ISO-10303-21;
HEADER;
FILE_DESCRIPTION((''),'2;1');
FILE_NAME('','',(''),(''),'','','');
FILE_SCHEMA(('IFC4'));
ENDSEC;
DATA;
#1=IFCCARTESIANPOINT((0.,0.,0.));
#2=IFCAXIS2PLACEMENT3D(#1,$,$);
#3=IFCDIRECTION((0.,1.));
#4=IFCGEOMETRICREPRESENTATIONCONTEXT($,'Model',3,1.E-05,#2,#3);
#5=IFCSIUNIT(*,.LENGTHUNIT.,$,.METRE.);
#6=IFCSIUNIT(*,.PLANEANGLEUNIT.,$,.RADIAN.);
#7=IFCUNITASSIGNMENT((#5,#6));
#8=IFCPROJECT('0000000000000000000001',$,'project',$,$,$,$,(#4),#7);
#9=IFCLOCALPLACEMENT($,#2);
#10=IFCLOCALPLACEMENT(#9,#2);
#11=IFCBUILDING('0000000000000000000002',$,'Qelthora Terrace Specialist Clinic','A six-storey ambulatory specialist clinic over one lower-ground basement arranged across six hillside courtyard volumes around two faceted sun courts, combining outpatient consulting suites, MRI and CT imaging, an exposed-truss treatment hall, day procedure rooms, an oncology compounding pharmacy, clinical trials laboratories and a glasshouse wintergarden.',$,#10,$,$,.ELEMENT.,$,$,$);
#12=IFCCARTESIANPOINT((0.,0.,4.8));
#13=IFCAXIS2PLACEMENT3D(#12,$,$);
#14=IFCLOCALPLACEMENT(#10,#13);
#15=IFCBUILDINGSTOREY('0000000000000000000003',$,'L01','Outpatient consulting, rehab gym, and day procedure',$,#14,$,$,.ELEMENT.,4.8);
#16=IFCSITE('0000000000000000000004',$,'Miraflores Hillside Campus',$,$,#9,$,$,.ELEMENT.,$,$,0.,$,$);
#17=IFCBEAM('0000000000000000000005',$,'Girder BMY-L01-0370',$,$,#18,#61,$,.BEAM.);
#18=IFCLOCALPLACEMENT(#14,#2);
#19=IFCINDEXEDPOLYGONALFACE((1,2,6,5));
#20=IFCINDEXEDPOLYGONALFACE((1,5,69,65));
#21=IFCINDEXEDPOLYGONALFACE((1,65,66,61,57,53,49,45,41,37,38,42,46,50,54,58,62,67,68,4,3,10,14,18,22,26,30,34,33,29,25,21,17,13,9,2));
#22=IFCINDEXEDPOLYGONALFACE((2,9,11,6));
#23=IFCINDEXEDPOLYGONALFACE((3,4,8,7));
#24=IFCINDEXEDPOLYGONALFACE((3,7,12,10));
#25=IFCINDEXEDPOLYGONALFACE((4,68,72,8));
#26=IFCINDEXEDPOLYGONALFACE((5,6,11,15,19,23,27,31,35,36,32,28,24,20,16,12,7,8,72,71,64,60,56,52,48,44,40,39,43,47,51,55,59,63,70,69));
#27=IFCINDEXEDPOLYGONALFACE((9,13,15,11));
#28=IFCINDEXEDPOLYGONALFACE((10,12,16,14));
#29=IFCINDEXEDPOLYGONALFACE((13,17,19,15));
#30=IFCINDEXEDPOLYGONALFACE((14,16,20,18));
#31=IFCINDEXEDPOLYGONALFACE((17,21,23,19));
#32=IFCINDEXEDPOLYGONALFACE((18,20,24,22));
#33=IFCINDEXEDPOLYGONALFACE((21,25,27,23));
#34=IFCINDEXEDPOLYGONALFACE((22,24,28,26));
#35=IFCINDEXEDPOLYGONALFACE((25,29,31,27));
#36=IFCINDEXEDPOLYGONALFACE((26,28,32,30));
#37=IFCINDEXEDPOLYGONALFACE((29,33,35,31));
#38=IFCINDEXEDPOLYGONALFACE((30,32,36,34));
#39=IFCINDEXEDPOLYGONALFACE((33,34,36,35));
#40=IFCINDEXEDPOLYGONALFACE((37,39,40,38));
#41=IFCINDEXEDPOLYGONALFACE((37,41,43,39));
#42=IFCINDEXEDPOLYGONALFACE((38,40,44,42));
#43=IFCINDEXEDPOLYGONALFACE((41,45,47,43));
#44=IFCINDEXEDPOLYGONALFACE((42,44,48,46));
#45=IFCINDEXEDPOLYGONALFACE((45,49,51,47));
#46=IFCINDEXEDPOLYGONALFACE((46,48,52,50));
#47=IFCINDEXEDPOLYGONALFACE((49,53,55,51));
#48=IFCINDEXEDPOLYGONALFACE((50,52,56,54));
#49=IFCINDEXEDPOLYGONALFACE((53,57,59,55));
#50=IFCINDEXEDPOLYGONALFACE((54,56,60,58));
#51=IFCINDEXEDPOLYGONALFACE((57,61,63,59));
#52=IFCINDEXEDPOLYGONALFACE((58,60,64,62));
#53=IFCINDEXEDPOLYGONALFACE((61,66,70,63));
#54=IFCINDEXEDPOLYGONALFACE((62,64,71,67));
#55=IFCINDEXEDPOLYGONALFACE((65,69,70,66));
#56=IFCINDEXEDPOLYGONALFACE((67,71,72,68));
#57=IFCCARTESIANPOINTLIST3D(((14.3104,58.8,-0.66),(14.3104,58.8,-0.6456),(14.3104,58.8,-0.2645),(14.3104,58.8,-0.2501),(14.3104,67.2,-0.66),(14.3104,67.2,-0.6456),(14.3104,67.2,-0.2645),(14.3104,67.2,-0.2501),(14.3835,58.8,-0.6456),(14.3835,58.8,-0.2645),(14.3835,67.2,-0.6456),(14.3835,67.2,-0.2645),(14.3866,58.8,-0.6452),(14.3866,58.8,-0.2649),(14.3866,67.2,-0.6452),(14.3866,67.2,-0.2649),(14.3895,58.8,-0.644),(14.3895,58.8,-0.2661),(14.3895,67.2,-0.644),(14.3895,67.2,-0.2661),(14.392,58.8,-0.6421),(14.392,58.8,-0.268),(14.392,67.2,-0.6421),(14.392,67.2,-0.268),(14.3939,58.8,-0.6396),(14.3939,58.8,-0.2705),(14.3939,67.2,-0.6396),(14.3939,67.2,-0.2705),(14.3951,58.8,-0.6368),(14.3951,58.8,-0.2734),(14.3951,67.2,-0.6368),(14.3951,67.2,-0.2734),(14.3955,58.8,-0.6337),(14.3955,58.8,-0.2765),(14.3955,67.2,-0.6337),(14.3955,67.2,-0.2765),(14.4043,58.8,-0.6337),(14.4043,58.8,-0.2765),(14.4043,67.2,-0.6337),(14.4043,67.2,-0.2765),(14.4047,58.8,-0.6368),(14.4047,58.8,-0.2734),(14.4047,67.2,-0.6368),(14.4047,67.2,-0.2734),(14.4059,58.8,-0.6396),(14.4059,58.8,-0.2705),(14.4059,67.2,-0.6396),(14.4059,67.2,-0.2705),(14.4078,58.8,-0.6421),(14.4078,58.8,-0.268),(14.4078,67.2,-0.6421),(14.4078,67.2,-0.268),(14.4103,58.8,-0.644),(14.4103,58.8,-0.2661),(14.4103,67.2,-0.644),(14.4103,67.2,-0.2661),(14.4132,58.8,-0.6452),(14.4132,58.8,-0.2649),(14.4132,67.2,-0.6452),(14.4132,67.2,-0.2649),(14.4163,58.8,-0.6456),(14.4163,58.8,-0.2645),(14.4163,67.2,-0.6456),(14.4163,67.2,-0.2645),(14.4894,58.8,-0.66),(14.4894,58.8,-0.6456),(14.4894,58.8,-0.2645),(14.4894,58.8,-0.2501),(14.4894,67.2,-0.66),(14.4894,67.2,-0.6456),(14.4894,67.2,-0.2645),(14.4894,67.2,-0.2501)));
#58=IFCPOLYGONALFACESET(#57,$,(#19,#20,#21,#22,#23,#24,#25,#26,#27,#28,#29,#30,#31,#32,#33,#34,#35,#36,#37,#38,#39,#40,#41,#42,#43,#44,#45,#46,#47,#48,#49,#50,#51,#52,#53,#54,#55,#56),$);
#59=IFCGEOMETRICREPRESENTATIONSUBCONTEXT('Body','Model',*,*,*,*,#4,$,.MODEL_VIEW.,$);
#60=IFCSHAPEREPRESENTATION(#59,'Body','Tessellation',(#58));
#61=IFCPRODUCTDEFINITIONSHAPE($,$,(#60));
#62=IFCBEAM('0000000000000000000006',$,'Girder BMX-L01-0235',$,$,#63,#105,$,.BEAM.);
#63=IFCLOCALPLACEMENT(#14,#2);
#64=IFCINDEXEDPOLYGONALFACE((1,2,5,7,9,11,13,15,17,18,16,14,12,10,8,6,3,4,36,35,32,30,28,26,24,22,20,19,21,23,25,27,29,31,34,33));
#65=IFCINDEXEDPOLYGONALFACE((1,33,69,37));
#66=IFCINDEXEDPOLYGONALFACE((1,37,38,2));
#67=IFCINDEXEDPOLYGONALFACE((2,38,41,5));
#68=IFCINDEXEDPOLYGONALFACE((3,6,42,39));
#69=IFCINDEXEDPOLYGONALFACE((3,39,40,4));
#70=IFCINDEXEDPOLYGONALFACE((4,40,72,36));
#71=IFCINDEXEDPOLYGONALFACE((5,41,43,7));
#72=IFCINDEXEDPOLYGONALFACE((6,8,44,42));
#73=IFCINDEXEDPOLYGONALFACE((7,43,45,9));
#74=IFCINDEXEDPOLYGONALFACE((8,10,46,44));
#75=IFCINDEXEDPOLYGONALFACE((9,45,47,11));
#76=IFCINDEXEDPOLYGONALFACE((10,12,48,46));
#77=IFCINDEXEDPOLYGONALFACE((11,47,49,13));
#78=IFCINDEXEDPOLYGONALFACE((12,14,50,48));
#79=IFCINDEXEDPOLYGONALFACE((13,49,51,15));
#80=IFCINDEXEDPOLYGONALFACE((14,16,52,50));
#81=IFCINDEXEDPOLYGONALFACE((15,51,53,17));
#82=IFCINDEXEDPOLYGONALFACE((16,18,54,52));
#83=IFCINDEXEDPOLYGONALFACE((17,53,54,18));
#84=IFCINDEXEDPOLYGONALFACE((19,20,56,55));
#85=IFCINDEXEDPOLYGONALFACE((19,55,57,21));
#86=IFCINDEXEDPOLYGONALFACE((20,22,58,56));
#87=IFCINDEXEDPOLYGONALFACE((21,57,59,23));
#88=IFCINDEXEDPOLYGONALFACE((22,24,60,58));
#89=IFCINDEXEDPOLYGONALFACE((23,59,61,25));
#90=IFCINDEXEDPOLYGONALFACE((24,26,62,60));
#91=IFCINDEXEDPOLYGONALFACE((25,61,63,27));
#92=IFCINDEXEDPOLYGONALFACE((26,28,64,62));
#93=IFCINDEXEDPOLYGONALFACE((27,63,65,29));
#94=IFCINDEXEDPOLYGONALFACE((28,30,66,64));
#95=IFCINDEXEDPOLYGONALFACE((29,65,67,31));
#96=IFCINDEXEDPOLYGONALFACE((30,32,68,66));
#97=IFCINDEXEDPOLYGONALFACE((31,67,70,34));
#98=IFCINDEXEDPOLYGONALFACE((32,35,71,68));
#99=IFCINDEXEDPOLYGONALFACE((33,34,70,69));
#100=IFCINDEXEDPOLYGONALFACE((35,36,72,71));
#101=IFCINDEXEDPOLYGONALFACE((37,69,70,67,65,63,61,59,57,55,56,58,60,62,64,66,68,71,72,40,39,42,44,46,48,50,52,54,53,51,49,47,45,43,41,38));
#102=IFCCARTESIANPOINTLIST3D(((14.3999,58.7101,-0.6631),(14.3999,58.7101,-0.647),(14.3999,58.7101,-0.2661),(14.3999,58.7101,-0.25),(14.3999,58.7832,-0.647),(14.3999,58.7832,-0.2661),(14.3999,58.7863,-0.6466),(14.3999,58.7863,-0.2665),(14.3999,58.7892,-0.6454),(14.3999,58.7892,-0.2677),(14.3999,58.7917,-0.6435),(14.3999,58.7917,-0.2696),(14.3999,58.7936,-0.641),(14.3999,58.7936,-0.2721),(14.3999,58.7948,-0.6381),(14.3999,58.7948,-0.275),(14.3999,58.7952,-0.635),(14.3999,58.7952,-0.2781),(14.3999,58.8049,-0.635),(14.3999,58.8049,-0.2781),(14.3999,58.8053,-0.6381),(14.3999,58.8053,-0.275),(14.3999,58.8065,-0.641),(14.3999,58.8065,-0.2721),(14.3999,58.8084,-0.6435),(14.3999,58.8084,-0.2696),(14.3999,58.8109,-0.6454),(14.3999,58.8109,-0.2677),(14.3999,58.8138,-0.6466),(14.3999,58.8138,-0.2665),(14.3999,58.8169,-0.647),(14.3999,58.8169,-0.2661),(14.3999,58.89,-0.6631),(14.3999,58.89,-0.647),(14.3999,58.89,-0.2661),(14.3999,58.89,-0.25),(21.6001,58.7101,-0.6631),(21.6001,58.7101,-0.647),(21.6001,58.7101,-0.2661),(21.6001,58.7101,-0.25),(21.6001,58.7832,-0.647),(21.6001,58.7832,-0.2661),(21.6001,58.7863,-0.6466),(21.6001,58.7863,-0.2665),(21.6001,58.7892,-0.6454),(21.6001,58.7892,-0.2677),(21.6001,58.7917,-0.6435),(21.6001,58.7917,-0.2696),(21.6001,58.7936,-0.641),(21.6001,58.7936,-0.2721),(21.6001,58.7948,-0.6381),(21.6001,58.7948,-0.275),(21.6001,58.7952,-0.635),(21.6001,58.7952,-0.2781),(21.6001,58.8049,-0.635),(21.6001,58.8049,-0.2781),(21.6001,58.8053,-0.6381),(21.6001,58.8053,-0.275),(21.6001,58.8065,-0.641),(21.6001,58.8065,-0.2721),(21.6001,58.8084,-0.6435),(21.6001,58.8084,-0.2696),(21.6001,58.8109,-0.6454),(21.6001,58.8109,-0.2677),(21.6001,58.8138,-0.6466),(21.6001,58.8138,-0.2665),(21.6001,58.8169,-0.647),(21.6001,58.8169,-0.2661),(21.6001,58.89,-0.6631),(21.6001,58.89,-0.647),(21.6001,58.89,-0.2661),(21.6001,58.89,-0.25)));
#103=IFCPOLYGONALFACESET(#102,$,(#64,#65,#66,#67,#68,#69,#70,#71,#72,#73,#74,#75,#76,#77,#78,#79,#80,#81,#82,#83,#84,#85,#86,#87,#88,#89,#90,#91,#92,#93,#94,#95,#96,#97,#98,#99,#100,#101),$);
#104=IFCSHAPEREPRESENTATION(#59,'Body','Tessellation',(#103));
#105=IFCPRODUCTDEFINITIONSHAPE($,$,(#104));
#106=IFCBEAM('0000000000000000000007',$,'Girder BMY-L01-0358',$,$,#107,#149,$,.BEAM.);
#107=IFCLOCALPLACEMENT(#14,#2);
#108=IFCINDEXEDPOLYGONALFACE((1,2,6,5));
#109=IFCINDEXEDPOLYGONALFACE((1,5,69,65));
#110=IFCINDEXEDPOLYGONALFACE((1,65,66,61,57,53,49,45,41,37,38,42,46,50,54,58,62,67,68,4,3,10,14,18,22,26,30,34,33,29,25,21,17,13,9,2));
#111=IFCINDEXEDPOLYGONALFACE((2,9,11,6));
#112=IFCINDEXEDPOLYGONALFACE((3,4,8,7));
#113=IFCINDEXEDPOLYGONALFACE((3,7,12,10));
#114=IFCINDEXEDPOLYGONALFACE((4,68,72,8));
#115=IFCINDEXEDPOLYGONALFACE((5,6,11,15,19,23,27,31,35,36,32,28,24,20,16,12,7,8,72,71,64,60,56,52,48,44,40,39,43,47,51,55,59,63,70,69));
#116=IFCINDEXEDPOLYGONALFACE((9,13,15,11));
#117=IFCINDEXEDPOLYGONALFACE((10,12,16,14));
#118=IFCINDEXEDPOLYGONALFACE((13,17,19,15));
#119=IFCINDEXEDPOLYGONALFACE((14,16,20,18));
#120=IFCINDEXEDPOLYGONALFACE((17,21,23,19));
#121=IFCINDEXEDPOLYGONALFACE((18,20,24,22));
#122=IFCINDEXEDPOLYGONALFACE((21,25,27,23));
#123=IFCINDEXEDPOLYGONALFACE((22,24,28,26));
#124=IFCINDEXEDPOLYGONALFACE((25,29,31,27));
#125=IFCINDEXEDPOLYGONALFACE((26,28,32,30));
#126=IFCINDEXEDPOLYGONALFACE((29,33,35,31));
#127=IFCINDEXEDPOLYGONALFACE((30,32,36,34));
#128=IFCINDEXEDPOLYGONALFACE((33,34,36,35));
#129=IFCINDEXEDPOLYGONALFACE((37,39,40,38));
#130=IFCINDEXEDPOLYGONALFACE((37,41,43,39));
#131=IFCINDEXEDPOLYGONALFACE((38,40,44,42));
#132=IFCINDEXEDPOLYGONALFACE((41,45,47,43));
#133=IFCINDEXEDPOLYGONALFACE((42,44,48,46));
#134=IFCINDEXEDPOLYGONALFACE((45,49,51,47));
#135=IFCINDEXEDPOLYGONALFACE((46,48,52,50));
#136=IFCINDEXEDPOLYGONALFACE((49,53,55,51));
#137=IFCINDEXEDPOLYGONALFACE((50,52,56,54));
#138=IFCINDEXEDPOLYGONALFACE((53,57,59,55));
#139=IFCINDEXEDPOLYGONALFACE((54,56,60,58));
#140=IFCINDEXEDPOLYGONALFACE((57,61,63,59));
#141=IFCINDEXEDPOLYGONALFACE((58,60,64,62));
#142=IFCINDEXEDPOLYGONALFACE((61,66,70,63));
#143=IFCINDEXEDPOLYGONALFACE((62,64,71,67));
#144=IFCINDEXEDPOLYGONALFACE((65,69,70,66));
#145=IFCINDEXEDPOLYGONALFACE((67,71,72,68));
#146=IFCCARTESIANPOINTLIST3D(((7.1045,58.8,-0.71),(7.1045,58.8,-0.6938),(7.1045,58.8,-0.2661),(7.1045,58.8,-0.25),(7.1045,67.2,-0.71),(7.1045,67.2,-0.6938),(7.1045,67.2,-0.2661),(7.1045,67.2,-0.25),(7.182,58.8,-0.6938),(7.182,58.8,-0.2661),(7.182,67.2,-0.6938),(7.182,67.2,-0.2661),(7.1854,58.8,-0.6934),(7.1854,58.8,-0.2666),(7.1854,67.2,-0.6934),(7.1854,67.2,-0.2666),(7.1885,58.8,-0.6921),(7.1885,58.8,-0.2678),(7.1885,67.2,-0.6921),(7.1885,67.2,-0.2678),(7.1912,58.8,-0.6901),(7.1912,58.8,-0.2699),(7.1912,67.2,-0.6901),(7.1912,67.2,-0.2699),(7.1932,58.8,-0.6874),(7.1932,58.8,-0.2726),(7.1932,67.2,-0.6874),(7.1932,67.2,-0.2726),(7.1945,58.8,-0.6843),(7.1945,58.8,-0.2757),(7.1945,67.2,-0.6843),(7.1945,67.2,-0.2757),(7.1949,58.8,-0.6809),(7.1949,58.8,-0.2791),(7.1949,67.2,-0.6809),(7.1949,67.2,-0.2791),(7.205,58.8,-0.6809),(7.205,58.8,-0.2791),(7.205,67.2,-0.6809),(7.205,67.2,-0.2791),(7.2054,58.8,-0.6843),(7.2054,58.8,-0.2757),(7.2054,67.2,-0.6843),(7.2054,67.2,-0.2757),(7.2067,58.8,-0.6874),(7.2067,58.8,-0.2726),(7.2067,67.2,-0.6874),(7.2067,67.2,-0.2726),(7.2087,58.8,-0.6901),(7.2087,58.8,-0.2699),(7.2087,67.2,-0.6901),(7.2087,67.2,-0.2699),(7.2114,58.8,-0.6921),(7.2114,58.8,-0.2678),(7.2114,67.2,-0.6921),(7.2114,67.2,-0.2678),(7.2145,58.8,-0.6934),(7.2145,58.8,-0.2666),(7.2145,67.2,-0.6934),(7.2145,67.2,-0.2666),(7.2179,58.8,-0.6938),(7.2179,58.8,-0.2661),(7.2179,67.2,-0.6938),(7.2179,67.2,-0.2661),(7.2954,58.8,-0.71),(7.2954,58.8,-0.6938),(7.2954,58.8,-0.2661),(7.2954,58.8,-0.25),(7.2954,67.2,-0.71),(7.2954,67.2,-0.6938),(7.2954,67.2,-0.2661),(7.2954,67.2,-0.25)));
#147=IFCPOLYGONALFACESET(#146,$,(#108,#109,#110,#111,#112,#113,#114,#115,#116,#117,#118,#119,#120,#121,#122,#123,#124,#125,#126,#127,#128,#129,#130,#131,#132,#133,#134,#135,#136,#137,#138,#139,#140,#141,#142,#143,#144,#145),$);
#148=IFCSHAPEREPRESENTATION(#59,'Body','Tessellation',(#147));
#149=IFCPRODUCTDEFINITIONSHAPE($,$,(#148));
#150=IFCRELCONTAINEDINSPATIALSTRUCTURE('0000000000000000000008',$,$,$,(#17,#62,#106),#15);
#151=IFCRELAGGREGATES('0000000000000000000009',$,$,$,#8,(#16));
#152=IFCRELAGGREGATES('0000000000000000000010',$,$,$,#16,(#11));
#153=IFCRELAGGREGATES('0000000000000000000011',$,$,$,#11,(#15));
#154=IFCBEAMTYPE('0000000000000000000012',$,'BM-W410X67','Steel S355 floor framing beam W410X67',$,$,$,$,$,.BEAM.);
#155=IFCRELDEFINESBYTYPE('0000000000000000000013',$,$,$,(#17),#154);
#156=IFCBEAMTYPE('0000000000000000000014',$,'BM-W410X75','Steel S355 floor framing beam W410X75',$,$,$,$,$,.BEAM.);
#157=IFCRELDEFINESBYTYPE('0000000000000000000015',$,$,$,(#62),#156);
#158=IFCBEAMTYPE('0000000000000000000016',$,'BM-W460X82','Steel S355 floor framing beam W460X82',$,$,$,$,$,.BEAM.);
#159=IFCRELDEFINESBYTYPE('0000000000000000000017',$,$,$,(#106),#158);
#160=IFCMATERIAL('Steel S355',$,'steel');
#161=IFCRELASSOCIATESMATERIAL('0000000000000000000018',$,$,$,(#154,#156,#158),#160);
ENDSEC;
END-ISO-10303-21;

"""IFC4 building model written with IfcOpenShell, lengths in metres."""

from ifc_helpers import new_model, si_unit, direction, frame, origin, origin_2d, place, context, subcontext, project, spatial, i_section, extrude, material, material_profile, profile_set, type_object, element, save


model = new_model("IFC4")

# Units and contexts
model_context = context("Model", 3, precision=1e-05, world=origin(), true_north=direction((0.0, 1.0)))
body_context = subcontext(model_context, "Body", "Model", "MODEL_VIEW")
ifc_project = project(units=[si_unit("LENGTHUNIT", "METRE"), si_unit("PLANEANGLEUNIT", "RADIAN")], contexts=[model_context])

# Site, building, storey
site_placement = place(None, origin())
site = spatial("IfcSite", under=ifc_project, at=site_placement, Name="Miraflores Hillside Campus", CompositionType="ELEMENT", RefElevation=0.0)
building_placement = place(site_placement, origin())
building = spatial("IfcBuilding", under=site, at=building_placement, Name="Qelthora Terrace Specialist Clinic", Description="A six-storey ambulatory specialist clinic over one lower-ground basement arranged across six hillside courtyard volumes around two faceted sun courts, combining outpatient consulting suites, MRI and CT imaging, an exposed-truss treatment hall, day procedure rooms, an oncology compounding pharmacy, clinical trials laboratories and a glasshouse wintergarden.", CompositionType="ELEMENT")
storey_placement = place(building_placement, frame((0.0, 0.0, 4.8)))
storey = spatial("IfcBuildingStorey", under=building, at=storey_placement, Name="L01", Description="Outpatient consulting, rehab gym, and day procedure", CompositionType="ELEMENT", Elevation=4.8)

# Shared definitions
ifc_material_1 = material(Name="Steel S355", Category="steel")

# Beams
ifc_material_profile_1 = material_profile(ifc_material_1, i_section(OverallWidth=0.179, OverallDepth=0.4099, WebThickness=0.0088, FlangeThickness=0.0144, FilletRadius=0.012, at=origin_2d()), Name="W410X67")
ifc_profile_set_1 = profile_set([ifc_material_profile_1], Name="Steel S355")
beam_type_1 = type_object("IfcBeamType", Name="BM-W410X67", Description="Steel S355 floor framing beam W410X67", PredefinedType="BEAM", material=ifc_profile_set_1)
beam_1_placement = place(storey_placement, frame((14.3999, 58.8, -0.4551), z_axis=(0.0, 1.0, 0.0), x_axis=(-1.0, 0.0, 0.0)))
element("IfcBeam", 1, at=beam_1_placement, inside=storey, type_object=beam_type_1, Name="Girder BMY-L01-0370", PredefinedType="BEAM", context=body_context, shape_type="SweptSolid", body=[
    extrude(i_section(OverallWidth=0.179, OverallDepth=0.4099, WebThickness=0.0088, FlangeThickness=0.0144, FilletRadius=0.012, at=origin_2d()), origin(), (0.0, 0.0, 1.0), 8.3999),
])
ifc_material_profile_2 = material_profile(ifc_material_1, i_section(OverallWidth=0.1799, OverallDepth=0.4131, WebThickness=0.0098, FlangeThickness=0.0161, FilletRadius=0.012, at=origin_2d()), Name="W410X75")
ifc_profile_set_2 = profile_set([ifc_material_profile_2], Name="Steel S355")
beam_type_2 = type_object("IfcBeamType", Name="BM-W410X75", Description="Steel S355 floor framing beam W410X75", PredefinedType="BEAM", material=ifc_profile_set_2)
beam_2_placement = place(storey_placement, frame((14.3999, 58.8, -0.4565), z_axis=(1.0, 0.0, 0.0), x_axis=(0.0, 1.0, 0.0)))
element("IfcBeam", 2, at=beam_2_placement, inside=storey, type_object=beam_type_2, Name="Girder BMX-L01-0235", PredefinedType="BEAM", context=body_context, shape_type="SweptSolid", body=[
    extrude(i_section(OverallWidth=0.1799, OverallDepth=0.4131, WebThickness=0.0098, FlangeThickness=0.0161, FilletRadius=0.012, at=origin_2d()), origin(), (0.0, 0.0, 1.0), 7.2002),
])
ifc_material_profile_3 = material_profile(ifc_material_1, i_section(OverallWidth=0.1909, OverallDepth=0.46, WebThickness=0.01, FlangeThickness=0.0161, FilletRadius=0.0129, at=origin_2d()), Name="W460X82")
ifc_profile_set_3 = profile_set([ifc_material_profile_3], Name="Steel S355")
beam_type_3 = type_object("IfcBeamType", Name="BM-W460X82", Description="Steel S355 floor framing beam W460X82", PredefinedType="BEAM", material=ifc_profile_set_3)
beam_3_placement = place(storey_placement, frame((7.2, 58.8, -0.48), z_axis=(0.0, 1.0, 0.0), x_axis=(-1.0, 0.0, 0.0)))
element("IfcBeam", 3, at=beam_3_placement, inside=storey, type_object=beam_type_3, Name="Girder BMY-L01-0358", PredefinedType="BEAM", context=body_context, shape_type="SweptSolid", body=[
    extrude(i_section(OverallWidth=0.1909, OverallDepth=0.46, WebThickness=0.01, FlangeThickness=0.0161, FilletRadius=0.0129, at=origin_2d()), origin(), (0.0, 0.0, 1.0), 8.3999),
])

save(model, "model.ifc")
